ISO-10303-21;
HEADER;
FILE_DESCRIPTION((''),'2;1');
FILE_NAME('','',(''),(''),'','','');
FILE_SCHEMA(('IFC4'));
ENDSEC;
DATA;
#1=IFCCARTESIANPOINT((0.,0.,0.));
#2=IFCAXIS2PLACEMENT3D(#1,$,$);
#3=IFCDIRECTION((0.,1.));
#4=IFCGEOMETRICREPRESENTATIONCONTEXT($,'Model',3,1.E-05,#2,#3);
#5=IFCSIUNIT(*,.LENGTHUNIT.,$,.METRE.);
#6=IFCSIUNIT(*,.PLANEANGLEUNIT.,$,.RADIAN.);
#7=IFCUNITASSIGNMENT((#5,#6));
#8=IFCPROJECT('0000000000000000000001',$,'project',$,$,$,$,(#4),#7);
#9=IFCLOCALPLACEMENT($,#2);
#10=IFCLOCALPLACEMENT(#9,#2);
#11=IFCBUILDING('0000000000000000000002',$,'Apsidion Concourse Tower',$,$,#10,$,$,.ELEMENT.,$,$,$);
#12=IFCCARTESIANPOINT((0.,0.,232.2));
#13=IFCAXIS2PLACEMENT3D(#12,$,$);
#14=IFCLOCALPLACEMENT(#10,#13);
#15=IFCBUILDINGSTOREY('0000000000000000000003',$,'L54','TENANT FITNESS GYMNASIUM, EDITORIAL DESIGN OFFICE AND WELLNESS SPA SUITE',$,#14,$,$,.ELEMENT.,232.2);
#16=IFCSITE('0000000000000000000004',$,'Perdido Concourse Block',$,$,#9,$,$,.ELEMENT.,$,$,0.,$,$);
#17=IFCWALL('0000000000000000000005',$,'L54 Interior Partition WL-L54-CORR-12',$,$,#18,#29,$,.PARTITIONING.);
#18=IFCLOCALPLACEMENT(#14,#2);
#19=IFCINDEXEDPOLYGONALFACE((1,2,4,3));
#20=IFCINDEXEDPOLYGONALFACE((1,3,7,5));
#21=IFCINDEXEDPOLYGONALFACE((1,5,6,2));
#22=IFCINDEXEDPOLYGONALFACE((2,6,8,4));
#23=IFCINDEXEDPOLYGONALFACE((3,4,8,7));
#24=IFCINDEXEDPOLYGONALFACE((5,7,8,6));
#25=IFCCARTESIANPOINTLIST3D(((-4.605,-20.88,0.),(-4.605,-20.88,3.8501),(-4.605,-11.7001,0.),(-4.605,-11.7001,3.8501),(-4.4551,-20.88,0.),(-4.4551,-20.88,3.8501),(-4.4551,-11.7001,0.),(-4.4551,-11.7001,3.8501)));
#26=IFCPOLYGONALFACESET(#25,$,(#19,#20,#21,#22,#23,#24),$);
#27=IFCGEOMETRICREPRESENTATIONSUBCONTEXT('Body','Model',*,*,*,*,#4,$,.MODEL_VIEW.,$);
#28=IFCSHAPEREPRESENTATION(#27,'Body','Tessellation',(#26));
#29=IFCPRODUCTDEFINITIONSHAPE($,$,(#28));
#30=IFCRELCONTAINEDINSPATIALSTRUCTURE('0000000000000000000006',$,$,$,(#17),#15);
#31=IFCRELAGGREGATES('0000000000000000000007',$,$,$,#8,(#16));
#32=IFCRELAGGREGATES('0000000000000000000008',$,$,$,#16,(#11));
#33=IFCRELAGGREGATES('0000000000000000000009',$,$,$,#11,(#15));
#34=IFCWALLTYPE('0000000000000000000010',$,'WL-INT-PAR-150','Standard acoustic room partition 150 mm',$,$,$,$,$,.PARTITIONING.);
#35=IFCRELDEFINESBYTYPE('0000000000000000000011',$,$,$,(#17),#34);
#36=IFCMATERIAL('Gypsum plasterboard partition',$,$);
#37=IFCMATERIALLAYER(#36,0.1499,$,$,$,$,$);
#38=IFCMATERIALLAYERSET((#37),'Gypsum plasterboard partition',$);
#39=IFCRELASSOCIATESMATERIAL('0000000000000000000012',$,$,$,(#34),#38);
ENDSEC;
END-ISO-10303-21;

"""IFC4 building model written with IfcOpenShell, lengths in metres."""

from ifc_helpers import new_model, si_unit, direction, frame, frame_2d, origin, place, context, subcontext, project, spatial, rectangle, extrude, material, layer, layer_set, type_object, element, save


model = new_model("IFC4")

# Units and contexts
model_context = context("Model", 3, precision=1e-05, world=origin(), true_north=direction((0.0, 1.0)))
body_context = subcontext(model_context, "Body", "Model", "MODEL_VIEW")
ifc_project = project(units=[si_unit("LENGTHUNIT", "METRE"), si_unit("PLANEANGLEUNIT", "RADIAN")], contexts=[model_context])

# Site, building, storey
site_placement = place(None, origin())
site = spatial("IfcSite", under=ifc_project, at=site_placement, Name="Perdido Concourse Block", CompositionType="ELEMENT", RefElevation=0.0)
building_placement = place(site_placement, origin())
building = spatial("IfcBuilding", under=site, at=building_placement, Name="Apsidion Concourse Tower", CompositionType="ELEMENT")
storey_placement = place(building_placement, frame((0.0, 0.0, 232.2)))
storey = spatial("IfcBuildingStorey", under=building, at=storey_placement, Name="L54", Description="TENANT FITNESS GYMNASIUM, EDITORIAL DESIGN OFFICE AND WELLNESS SPA SUITE", CompositionType="ELEMENT", Elevation=232.2)

# Wall
ifc_material_1 = material(Name="Gypsum plasterboard partition")
ifc_layer_1 = layer(ifc_material_1, 0.1499)
ifc_layer_set_1 = layer_set([ifc_layer_1], Name="Gypsum plasterboard partition")
wall_type_1 = type_object("IfcWallType", Name="WL-INT-PAR-150", Description="Standard acoustic room partition 150 mm", PredefinedType="PARTITIONING", material=ifc_layer_set_1)
wall_1_placement = place(storey_placement, frame((-4.53, -20.8799, 0.0), z_axis=(0.0, 0.0, 1.0), x_axis=(0.0, 1.0, 0.0)))
element("IfcWall", 1, at=wall_1_placement, inside=storey, type_object=wall_type_1, Name="L54 Interior Partition WL-L54-CORR-12", PredefinedType="PARTITIONING", context=body_context, shape_type="SweptSolid", body=[
    extrude(rectangle(XDim=9.1799, YDim=0.1499, at=frame_2d((4.5898, 0.0))), origin(), (0.0, 0.0, 1.0), 3.8501),
])

save(model, "model.ifc")
